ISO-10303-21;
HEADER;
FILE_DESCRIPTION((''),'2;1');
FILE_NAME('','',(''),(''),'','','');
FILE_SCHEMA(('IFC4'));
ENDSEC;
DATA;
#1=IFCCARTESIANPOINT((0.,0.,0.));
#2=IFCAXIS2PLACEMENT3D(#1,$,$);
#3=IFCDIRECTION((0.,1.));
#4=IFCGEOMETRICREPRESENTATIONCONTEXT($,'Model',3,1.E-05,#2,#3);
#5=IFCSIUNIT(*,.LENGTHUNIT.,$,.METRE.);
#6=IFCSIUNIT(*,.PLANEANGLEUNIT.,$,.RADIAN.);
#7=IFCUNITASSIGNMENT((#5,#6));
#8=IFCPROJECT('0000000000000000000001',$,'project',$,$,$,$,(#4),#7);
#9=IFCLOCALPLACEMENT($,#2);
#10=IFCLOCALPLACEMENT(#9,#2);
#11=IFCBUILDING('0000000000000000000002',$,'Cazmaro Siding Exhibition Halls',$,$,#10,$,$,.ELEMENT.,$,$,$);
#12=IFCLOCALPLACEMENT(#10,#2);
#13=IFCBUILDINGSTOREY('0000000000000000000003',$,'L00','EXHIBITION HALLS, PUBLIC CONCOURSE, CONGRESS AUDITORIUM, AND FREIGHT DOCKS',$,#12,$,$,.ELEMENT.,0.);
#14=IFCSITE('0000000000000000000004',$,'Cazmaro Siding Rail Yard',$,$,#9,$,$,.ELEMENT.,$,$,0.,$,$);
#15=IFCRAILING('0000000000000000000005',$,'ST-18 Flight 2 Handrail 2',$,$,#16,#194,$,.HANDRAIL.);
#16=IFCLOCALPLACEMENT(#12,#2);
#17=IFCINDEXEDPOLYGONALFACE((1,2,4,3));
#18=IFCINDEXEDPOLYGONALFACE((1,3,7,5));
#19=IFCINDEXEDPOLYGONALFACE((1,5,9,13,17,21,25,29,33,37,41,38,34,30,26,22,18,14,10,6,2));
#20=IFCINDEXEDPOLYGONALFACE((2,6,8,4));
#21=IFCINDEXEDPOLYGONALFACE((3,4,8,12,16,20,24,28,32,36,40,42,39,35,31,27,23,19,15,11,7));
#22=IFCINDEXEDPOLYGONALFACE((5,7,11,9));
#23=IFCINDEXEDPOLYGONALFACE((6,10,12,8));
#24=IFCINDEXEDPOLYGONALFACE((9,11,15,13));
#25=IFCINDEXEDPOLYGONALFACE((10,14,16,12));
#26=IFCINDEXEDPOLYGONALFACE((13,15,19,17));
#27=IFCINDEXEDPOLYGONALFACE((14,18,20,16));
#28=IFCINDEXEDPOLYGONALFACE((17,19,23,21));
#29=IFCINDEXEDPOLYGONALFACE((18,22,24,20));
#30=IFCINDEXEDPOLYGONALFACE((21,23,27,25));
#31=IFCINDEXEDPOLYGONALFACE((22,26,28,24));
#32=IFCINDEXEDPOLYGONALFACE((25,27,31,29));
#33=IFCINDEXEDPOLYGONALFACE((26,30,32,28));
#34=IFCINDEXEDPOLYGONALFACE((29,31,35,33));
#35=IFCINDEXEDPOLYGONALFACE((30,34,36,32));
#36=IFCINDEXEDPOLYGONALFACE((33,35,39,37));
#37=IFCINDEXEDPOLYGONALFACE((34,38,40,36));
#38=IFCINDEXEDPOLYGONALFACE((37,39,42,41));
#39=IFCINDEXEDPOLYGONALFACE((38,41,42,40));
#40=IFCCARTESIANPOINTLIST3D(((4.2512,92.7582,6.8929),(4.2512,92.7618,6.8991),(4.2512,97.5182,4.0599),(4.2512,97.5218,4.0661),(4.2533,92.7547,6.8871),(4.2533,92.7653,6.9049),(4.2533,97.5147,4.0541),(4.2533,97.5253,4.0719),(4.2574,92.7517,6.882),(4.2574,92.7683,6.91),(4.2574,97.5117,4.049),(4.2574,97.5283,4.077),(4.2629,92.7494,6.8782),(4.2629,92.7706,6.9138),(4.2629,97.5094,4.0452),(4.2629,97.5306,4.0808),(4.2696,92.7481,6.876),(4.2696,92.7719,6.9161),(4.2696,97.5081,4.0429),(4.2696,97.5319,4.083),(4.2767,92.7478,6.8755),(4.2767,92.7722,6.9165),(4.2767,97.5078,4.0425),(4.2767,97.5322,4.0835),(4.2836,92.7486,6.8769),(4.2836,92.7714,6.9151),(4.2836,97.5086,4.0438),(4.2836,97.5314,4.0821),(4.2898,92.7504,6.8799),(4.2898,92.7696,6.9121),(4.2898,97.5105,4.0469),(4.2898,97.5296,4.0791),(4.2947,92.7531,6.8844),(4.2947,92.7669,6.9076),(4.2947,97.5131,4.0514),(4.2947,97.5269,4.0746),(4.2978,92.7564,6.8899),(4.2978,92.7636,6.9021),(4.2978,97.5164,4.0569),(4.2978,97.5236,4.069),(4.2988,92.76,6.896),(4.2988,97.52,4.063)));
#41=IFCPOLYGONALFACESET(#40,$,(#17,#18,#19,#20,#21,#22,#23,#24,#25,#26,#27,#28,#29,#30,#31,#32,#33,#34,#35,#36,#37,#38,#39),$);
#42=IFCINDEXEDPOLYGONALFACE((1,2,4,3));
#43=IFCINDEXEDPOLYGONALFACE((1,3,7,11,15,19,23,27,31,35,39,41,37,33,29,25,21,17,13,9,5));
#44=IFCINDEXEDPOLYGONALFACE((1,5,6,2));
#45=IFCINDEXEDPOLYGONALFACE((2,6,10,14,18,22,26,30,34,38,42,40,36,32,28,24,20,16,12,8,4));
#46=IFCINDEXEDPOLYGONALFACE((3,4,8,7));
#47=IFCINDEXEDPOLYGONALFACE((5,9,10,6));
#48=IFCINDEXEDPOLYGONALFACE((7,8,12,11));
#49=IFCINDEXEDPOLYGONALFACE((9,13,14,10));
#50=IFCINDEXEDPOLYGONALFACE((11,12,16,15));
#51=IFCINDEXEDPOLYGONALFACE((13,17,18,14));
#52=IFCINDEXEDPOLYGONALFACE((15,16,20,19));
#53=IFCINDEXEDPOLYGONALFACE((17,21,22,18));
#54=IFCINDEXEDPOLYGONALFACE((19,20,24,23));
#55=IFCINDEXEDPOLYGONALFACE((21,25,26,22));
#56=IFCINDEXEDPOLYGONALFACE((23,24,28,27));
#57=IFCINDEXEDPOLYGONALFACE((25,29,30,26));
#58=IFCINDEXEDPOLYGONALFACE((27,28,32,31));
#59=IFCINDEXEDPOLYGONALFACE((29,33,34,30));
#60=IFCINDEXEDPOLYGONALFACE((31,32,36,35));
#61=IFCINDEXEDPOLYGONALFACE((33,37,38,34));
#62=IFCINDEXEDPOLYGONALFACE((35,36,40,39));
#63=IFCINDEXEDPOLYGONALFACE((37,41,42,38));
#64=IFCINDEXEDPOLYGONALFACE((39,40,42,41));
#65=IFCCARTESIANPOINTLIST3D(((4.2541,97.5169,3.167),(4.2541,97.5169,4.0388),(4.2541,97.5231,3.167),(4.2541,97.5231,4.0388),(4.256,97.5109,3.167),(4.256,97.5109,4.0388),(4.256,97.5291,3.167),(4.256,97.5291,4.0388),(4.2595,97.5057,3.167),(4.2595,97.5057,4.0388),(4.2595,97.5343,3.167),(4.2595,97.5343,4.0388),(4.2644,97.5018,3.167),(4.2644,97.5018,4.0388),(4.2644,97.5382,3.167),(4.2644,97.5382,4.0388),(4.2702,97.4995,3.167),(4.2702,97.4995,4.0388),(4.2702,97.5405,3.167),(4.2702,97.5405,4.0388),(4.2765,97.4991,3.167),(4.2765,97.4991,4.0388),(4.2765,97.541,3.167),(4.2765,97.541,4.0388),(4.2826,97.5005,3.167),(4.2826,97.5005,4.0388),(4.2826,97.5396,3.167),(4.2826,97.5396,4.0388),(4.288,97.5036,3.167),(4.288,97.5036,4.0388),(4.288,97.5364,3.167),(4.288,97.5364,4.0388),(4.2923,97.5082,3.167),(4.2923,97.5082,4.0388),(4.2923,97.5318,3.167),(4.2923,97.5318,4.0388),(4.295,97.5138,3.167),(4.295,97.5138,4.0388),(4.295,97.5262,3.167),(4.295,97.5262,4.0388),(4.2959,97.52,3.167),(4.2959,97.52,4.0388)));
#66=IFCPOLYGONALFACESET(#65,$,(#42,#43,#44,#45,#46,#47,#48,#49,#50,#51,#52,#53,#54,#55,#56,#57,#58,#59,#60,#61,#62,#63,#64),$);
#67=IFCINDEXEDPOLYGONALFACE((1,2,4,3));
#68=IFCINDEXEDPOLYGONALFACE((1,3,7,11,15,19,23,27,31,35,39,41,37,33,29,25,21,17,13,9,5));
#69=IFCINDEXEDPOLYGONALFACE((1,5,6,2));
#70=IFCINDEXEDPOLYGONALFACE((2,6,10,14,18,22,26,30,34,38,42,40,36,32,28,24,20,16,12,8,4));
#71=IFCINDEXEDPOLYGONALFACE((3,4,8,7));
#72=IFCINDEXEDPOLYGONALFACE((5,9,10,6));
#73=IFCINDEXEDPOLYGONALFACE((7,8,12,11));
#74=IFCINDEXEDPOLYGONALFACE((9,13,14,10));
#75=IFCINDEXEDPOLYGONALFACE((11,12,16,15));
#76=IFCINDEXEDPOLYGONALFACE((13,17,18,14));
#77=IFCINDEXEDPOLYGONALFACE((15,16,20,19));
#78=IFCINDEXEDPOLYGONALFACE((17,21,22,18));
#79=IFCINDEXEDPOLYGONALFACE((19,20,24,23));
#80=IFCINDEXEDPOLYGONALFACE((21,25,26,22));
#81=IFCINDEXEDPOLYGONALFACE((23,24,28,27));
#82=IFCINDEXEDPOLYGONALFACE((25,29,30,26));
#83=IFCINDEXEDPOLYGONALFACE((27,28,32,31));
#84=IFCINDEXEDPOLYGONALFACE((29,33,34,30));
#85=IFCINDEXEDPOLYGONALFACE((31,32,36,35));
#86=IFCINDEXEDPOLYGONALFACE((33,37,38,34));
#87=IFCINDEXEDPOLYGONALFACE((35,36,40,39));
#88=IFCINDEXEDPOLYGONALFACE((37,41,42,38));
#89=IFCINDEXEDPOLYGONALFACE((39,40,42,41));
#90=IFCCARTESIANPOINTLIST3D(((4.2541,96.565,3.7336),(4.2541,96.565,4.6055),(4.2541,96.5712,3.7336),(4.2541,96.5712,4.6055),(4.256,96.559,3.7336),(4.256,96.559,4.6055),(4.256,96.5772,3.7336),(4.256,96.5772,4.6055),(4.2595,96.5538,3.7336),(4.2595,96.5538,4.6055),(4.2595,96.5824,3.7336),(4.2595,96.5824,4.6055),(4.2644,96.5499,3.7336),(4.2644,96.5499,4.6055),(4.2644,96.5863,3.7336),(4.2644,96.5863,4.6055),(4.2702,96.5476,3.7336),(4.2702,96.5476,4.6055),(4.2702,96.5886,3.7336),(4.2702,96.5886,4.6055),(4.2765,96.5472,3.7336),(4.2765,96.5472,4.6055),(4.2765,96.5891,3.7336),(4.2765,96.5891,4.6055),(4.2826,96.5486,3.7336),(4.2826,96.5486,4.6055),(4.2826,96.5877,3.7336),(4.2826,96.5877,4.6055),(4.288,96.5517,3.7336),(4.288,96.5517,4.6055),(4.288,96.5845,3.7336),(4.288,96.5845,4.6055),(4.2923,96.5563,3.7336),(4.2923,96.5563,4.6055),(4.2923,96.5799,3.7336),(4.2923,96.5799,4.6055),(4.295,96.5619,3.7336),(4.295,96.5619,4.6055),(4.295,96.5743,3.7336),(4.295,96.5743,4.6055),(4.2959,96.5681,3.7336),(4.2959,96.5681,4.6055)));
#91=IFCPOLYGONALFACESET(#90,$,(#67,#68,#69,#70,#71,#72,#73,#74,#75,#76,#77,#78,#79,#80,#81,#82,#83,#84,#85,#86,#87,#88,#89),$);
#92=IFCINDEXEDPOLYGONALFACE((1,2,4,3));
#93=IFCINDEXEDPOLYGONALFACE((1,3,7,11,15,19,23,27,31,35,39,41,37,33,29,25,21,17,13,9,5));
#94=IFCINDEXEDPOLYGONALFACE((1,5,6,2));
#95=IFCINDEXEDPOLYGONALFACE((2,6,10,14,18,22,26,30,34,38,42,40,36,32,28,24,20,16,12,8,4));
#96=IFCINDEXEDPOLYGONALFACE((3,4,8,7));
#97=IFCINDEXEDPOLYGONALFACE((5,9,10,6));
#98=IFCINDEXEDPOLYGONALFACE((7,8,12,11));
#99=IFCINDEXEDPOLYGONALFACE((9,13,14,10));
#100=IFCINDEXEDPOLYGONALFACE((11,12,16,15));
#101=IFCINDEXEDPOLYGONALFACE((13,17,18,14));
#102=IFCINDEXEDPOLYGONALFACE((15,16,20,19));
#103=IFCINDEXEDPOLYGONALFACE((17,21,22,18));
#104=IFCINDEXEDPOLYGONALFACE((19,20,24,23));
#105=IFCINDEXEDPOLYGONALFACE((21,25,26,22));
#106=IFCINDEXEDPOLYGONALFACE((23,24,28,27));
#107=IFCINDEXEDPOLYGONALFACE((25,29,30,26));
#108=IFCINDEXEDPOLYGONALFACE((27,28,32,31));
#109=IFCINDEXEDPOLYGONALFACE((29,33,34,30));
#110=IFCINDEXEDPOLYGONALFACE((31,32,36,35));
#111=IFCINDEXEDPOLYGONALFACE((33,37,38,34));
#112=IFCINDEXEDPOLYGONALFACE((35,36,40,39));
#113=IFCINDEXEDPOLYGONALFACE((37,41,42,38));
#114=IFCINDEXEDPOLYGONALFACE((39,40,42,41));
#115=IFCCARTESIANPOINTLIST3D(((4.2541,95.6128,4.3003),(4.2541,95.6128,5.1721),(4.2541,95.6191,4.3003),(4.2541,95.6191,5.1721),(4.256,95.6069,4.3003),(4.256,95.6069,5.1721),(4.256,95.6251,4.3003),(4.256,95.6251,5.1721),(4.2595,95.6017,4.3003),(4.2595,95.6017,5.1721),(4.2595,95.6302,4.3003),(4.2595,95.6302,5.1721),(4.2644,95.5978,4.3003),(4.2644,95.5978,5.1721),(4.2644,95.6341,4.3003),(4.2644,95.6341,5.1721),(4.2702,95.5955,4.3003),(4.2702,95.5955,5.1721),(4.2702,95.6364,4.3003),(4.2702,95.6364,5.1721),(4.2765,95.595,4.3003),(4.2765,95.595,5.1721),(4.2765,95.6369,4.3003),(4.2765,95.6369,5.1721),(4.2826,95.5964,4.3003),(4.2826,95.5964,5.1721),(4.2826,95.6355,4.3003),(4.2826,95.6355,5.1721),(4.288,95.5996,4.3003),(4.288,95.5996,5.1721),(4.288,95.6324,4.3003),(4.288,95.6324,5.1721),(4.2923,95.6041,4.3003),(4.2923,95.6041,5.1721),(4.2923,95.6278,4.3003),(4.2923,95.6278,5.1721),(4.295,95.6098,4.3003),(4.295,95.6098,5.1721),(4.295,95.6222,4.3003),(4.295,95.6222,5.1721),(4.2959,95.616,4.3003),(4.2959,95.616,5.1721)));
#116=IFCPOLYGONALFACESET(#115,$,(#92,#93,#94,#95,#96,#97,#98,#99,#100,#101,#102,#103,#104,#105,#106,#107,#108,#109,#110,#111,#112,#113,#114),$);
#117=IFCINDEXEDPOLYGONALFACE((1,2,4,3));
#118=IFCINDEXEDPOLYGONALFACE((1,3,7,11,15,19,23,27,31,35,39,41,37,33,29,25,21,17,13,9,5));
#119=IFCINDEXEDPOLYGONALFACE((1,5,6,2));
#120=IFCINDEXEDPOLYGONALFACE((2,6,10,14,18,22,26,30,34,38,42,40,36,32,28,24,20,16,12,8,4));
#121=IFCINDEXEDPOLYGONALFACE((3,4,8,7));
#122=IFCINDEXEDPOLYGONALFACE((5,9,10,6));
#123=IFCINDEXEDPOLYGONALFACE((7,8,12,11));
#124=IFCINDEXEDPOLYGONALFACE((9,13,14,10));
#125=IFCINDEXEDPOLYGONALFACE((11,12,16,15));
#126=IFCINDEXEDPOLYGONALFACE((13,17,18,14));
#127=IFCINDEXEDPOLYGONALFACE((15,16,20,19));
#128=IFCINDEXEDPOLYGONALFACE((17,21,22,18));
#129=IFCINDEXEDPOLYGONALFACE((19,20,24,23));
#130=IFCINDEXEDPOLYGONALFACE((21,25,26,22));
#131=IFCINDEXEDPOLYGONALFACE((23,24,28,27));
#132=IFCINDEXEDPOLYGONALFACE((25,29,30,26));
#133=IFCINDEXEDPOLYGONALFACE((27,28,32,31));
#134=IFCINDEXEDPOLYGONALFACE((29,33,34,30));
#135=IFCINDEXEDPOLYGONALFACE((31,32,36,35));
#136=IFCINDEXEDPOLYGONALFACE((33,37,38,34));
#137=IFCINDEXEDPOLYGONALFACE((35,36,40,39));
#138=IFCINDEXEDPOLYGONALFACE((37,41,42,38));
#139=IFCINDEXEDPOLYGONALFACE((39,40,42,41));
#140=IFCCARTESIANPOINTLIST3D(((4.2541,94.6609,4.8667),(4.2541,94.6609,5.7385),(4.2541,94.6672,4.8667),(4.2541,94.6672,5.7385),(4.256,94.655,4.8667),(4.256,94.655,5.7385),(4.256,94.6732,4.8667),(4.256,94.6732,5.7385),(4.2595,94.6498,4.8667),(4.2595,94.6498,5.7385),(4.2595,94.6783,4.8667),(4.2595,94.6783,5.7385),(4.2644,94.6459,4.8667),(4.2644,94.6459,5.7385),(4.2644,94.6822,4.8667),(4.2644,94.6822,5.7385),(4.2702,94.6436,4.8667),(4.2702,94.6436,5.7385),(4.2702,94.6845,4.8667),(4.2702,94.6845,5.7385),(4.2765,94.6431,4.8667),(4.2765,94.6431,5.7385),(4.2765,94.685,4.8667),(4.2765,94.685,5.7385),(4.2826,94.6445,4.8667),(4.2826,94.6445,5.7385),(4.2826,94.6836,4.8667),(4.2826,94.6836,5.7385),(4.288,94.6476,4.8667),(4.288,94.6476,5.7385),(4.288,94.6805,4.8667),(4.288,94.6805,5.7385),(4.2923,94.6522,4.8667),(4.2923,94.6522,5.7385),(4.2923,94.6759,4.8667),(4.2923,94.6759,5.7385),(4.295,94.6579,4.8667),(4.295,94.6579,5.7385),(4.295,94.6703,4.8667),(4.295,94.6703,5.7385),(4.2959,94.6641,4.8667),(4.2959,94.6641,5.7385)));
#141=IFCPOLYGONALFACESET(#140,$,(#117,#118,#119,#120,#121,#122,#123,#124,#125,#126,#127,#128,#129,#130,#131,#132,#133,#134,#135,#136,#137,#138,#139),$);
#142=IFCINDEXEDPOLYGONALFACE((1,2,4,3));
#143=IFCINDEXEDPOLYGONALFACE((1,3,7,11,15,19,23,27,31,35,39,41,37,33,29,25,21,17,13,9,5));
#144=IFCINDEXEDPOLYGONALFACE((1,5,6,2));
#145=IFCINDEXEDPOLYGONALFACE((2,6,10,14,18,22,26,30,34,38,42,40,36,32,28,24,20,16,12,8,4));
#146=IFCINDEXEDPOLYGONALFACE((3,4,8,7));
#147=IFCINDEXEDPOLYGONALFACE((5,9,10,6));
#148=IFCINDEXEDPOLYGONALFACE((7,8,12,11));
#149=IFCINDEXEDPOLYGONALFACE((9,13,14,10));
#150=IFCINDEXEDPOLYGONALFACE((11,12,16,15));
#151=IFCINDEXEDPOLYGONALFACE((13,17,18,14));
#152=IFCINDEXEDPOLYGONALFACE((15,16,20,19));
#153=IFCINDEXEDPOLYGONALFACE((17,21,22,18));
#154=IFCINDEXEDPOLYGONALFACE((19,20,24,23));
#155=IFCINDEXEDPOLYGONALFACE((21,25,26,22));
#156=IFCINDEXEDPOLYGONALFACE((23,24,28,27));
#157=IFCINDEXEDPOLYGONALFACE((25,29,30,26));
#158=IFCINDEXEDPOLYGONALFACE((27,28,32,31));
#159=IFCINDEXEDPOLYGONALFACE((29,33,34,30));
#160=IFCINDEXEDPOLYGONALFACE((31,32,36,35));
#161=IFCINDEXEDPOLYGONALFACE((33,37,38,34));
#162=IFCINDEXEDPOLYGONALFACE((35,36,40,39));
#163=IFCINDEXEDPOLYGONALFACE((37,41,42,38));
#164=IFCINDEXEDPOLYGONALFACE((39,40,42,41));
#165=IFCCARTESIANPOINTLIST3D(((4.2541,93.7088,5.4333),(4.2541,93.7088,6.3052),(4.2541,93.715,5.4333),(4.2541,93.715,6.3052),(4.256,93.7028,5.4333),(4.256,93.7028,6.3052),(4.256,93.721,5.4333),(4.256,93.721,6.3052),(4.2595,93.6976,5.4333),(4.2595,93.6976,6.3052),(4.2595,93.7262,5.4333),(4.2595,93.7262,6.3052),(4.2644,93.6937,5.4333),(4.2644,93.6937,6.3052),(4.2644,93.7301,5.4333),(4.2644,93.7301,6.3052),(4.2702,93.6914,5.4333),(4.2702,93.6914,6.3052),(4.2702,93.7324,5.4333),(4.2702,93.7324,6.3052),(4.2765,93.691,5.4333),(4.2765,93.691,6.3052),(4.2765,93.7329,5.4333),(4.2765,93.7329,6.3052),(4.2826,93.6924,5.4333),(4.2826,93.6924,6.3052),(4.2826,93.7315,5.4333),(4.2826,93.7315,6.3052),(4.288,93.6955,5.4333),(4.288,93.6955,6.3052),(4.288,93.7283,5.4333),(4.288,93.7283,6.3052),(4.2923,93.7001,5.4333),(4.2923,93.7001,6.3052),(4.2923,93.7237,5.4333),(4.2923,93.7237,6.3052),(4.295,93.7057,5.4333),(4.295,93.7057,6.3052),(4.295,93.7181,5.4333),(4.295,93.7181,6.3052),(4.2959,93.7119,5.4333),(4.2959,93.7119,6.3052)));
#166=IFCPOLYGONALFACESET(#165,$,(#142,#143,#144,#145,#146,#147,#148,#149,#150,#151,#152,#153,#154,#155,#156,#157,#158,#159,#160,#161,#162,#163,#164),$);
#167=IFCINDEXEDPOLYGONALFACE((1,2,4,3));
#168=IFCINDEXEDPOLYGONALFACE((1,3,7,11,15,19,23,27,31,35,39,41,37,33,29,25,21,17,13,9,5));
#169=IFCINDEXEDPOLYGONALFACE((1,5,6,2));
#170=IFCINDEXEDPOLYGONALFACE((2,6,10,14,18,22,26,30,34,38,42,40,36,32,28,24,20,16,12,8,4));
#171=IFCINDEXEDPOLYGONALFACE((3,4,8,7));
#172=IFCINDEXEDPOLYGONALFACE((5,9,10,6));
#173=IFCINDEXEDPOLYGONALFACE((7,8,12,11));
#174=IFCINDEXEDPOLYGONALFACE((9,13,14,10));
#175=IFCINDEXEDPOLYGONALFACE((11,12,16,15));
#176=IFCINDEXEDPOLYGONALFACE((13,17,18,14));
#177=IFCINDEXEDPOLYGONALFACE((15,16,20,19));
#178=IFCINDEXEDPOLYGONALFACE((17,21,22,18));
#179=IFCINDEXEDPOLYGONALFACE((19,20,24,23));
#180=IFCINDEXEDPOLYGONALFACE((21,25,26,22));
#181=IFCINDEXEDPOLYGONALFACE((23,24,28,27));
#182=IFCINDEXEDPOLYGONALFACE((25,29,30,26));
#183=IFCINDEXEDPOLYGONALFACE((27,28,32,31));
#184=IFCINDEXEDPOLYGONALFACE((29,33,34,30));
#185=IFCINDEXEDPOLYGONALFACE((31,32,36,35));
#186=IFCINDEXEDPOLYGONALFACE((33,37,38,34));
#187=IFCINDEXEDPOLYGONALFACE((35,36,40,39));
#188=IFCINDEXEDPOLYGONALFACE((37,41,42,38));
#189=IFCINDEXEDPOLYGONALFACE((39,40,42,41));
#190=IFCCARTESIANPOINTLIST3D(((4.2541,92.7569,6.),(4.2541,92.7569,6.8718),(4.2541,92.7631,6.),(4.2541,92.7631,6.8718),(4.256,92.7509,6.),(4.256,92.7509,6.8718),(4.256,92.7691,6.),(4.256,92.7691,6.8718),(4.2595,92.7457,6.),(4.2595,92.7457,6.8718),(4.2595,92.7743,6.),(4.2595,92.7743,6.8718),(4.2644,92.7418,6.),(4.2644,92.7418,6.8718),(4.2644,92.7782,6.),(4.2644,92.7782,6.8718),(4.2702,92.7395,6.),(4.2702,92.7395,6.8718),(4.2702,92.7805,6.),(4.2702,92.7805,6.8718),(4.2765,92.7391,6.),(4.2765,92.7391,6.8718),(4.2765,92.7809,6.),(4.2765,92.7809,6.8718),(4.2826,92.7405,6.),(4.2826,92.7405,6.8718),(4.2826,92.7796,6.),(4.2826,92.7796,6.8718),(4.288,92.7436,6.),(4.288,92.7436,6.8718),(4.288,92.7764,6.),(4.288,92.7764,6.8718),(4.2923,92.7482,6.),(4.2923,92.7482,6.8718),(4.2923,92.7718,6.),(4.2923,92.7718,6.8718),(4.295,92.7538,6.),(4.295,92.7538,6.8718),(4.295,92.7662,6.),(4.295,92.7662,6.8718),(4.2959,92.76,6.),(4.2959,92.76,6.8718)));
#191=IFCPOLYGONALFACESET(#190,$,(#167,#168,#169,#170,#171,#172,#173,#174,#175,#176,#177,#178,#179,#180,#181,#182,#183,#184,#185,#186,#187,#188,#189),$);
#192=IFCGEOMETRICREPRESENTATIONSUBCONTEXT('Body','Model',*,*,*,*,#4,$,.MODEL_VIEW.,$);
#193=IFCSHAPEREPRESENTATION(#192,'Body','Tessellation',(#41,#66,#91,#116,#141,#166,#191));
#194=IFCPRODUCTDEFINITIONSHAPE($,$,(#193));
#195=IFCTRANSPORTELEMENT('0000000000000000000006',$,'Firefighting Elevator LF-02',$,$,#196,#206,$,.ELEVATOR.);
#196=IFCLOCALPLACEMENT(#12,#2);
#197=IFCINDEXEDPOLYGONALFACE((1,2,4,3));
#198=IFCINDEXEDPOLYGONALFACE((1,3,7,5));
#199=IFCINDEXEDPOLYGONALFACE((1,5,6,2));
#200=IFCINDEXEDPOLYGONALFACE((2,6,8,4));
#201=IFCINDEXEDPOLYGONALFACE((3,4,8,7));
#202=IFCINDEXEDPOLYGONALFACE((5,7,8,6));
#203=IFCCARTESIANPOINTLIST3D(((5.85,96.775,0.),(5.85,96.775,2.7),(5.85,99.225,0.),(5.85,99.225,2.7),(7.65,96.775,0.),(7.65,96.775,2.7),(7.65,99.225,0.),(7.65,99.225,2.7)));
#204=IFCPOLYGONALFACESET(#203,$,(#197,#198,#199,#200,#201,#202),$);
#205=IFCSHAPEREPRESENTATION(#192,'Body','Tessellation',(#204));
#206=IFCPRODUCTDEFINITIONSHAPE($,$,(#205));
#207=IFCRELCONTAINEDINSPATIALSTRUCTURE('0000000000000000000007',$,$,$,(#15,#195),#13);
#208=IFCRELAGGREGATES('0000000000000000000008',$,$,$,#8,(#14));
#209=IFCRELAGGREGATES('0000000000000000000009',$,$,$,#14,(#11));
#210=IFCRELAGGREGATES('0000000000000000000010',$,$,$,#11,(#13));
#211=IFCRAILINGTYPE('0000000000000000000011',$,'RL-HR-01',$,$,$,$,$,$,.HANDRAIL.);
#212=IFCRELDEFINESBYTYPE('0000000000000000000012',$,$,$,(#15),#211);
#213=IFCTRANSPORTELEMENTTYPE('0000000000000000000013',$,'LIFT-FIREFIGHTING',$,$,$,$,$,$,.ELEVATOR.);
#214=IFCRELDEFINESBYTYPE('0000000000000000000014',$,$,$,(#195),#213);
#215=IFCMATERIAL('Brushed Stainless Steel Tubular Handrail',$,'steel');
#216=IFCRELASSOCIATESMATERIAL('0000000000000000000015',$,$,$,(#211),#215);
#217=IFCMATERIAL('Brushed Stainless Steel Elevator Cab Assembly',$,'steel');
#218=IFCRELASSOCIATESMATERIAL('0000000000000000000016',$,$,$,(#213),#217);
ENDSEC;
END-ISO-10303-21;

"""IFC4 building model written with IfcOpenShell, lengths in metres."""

from ifc_helpers import new_model, si_unit, direction, frame, origin, origin_2d, place, context, subcontext, project, spatial, rectangle, circle, extrude, material, type_object, element, save


model = new_model("IFC4")

# Units and contexts
model_context = context("Model", 3, precision=1e-05, world=origin(), true_north=direction((0.0, 1.0)))
body_context = subcontext(model_context, "Body", "Model", "MODEL_VIEW")
ifc_project = project(units=[si_unit("LENGTHUNIT", "METRE"), si_unit("PLANEANGLEUNIT", "RADIAN")], contexts=[model_context])

# Site, building, storey
site_placement = place(None, origin())
site = spatial("IfcSite", under=ifc_project, at=site_placement, Name="Cazmaro Siding Rail Yard", CompositionType="ELEMENT", RefElevation=0.0)
building_placement = place(site_placement, origin())
building = spatial("IfcBuilding", under=site, at=building_placement, Name="Cazmaro Siding Exhibition Halls", CompositionType="ELEMENT")
storey_placement = place(building_placement, origin())
storey = spatial("IfcBuildingStorey", under=building, at=storey_placement, Name="L00", Description="EXHIBITION HALLS, PUBLIC CONCOURSE, CONGRESS AUDITORIUM, AND FREIGHT DOCKS", CompositionType="ELEMENT", Elevation=0.0)

# Railing
ifc_material_1 = material(Name="Brushed Stainless Steel Tubular Handrail", Category="steel")
railing_type_1 = type_object("IfcRailingType", Name="RL-HR-01", PredefinedType="HANDRAIL", material=ifc_material_1)
for number, where, name in (
    (1, (4.2749, 97.52, 3.167), "ST-18 Flight 2 Handrail 2"),
):
    element("IfcRailing", number, at=place(storey_placement, frame(where)), inside=storey, type_object=railing_type_1, Name=name, PredefinedType="HANDRAIL", context=body_context, shape_type="SweptSolid", body=[
        extrude(circle(Radius=0.0239, at=origin_2d()), frame((0.0, 0.0, 0.896), z_axis=(0.0, -0.859319, 0.51144), x_axis=(1.0, 0.0, 0.0)), (0.0, 0.0, 1.0), 5.5393),
        extrude(circle(Radius=0.021, at=origin_2d()), origin(), (0.0, 0.0, 1.0), 0.8718),
        extrude(circle(Radius=0.021, at=origin_2d()), frame((0.0, -0.9519, 0.5667)), (0.0, 0.0, 1.0), 0.8718),
        extrude(circle(Radius=0.021, at=origin_2d()), frame((0.0, -1.9041, 1.1333)), (0.0, 0.0, 1.0), 0.8718),
        extrude(circle(Radius=0.021, at=origin_2d()), frame((0.0, -2.856, 1.6997)), (0.0, 0.0, 1.0), 0.8718),
        extrude(circle(Radius=0.021, at=origin_2d()), frame((0.0, -3.8081, 2.2664)), (0.0, 0.0, 1.0), 0.8718),
        extrude(circle(Radius=0.021, at=origin_2d()), frame((0.0, -4.76, 2.833)), (0.0, 0.0, 1.0), 0.8718),
    ])

# Transport element
ifc_material_2 = material(Name="Brushed Stainless Steel Elevator Cab Assembly", Category="steel")
transport_element_type = type_object("IfcTransportElementType", Name="LIFT-FIREFIGHTING", PredefinedType="ELEVATOR", material=ifc_material_2)
transport_element_placement = place(storey_placement, frame((6.75, 98.0, 0.0), z_axis=(0.0, 0.0, 1.0), x_axis=(1.0, 0.0, 0.0)))
element("IfcTransportElement", 2, at=transport_element_placement, inside=storey, type_object=transport_element_type, Name="Firefighting Elevator LF-02", PredefinedType="ELEVATOR", context=body_context, shape_type="SweptSolid", body=[
    extrude(rectangle(XDim=1.8, YDim=2.45, at=origin_2d()), origin(), (0.0, 0.0, 1.0), 2.7),
])

save(model, "model.ifc")
